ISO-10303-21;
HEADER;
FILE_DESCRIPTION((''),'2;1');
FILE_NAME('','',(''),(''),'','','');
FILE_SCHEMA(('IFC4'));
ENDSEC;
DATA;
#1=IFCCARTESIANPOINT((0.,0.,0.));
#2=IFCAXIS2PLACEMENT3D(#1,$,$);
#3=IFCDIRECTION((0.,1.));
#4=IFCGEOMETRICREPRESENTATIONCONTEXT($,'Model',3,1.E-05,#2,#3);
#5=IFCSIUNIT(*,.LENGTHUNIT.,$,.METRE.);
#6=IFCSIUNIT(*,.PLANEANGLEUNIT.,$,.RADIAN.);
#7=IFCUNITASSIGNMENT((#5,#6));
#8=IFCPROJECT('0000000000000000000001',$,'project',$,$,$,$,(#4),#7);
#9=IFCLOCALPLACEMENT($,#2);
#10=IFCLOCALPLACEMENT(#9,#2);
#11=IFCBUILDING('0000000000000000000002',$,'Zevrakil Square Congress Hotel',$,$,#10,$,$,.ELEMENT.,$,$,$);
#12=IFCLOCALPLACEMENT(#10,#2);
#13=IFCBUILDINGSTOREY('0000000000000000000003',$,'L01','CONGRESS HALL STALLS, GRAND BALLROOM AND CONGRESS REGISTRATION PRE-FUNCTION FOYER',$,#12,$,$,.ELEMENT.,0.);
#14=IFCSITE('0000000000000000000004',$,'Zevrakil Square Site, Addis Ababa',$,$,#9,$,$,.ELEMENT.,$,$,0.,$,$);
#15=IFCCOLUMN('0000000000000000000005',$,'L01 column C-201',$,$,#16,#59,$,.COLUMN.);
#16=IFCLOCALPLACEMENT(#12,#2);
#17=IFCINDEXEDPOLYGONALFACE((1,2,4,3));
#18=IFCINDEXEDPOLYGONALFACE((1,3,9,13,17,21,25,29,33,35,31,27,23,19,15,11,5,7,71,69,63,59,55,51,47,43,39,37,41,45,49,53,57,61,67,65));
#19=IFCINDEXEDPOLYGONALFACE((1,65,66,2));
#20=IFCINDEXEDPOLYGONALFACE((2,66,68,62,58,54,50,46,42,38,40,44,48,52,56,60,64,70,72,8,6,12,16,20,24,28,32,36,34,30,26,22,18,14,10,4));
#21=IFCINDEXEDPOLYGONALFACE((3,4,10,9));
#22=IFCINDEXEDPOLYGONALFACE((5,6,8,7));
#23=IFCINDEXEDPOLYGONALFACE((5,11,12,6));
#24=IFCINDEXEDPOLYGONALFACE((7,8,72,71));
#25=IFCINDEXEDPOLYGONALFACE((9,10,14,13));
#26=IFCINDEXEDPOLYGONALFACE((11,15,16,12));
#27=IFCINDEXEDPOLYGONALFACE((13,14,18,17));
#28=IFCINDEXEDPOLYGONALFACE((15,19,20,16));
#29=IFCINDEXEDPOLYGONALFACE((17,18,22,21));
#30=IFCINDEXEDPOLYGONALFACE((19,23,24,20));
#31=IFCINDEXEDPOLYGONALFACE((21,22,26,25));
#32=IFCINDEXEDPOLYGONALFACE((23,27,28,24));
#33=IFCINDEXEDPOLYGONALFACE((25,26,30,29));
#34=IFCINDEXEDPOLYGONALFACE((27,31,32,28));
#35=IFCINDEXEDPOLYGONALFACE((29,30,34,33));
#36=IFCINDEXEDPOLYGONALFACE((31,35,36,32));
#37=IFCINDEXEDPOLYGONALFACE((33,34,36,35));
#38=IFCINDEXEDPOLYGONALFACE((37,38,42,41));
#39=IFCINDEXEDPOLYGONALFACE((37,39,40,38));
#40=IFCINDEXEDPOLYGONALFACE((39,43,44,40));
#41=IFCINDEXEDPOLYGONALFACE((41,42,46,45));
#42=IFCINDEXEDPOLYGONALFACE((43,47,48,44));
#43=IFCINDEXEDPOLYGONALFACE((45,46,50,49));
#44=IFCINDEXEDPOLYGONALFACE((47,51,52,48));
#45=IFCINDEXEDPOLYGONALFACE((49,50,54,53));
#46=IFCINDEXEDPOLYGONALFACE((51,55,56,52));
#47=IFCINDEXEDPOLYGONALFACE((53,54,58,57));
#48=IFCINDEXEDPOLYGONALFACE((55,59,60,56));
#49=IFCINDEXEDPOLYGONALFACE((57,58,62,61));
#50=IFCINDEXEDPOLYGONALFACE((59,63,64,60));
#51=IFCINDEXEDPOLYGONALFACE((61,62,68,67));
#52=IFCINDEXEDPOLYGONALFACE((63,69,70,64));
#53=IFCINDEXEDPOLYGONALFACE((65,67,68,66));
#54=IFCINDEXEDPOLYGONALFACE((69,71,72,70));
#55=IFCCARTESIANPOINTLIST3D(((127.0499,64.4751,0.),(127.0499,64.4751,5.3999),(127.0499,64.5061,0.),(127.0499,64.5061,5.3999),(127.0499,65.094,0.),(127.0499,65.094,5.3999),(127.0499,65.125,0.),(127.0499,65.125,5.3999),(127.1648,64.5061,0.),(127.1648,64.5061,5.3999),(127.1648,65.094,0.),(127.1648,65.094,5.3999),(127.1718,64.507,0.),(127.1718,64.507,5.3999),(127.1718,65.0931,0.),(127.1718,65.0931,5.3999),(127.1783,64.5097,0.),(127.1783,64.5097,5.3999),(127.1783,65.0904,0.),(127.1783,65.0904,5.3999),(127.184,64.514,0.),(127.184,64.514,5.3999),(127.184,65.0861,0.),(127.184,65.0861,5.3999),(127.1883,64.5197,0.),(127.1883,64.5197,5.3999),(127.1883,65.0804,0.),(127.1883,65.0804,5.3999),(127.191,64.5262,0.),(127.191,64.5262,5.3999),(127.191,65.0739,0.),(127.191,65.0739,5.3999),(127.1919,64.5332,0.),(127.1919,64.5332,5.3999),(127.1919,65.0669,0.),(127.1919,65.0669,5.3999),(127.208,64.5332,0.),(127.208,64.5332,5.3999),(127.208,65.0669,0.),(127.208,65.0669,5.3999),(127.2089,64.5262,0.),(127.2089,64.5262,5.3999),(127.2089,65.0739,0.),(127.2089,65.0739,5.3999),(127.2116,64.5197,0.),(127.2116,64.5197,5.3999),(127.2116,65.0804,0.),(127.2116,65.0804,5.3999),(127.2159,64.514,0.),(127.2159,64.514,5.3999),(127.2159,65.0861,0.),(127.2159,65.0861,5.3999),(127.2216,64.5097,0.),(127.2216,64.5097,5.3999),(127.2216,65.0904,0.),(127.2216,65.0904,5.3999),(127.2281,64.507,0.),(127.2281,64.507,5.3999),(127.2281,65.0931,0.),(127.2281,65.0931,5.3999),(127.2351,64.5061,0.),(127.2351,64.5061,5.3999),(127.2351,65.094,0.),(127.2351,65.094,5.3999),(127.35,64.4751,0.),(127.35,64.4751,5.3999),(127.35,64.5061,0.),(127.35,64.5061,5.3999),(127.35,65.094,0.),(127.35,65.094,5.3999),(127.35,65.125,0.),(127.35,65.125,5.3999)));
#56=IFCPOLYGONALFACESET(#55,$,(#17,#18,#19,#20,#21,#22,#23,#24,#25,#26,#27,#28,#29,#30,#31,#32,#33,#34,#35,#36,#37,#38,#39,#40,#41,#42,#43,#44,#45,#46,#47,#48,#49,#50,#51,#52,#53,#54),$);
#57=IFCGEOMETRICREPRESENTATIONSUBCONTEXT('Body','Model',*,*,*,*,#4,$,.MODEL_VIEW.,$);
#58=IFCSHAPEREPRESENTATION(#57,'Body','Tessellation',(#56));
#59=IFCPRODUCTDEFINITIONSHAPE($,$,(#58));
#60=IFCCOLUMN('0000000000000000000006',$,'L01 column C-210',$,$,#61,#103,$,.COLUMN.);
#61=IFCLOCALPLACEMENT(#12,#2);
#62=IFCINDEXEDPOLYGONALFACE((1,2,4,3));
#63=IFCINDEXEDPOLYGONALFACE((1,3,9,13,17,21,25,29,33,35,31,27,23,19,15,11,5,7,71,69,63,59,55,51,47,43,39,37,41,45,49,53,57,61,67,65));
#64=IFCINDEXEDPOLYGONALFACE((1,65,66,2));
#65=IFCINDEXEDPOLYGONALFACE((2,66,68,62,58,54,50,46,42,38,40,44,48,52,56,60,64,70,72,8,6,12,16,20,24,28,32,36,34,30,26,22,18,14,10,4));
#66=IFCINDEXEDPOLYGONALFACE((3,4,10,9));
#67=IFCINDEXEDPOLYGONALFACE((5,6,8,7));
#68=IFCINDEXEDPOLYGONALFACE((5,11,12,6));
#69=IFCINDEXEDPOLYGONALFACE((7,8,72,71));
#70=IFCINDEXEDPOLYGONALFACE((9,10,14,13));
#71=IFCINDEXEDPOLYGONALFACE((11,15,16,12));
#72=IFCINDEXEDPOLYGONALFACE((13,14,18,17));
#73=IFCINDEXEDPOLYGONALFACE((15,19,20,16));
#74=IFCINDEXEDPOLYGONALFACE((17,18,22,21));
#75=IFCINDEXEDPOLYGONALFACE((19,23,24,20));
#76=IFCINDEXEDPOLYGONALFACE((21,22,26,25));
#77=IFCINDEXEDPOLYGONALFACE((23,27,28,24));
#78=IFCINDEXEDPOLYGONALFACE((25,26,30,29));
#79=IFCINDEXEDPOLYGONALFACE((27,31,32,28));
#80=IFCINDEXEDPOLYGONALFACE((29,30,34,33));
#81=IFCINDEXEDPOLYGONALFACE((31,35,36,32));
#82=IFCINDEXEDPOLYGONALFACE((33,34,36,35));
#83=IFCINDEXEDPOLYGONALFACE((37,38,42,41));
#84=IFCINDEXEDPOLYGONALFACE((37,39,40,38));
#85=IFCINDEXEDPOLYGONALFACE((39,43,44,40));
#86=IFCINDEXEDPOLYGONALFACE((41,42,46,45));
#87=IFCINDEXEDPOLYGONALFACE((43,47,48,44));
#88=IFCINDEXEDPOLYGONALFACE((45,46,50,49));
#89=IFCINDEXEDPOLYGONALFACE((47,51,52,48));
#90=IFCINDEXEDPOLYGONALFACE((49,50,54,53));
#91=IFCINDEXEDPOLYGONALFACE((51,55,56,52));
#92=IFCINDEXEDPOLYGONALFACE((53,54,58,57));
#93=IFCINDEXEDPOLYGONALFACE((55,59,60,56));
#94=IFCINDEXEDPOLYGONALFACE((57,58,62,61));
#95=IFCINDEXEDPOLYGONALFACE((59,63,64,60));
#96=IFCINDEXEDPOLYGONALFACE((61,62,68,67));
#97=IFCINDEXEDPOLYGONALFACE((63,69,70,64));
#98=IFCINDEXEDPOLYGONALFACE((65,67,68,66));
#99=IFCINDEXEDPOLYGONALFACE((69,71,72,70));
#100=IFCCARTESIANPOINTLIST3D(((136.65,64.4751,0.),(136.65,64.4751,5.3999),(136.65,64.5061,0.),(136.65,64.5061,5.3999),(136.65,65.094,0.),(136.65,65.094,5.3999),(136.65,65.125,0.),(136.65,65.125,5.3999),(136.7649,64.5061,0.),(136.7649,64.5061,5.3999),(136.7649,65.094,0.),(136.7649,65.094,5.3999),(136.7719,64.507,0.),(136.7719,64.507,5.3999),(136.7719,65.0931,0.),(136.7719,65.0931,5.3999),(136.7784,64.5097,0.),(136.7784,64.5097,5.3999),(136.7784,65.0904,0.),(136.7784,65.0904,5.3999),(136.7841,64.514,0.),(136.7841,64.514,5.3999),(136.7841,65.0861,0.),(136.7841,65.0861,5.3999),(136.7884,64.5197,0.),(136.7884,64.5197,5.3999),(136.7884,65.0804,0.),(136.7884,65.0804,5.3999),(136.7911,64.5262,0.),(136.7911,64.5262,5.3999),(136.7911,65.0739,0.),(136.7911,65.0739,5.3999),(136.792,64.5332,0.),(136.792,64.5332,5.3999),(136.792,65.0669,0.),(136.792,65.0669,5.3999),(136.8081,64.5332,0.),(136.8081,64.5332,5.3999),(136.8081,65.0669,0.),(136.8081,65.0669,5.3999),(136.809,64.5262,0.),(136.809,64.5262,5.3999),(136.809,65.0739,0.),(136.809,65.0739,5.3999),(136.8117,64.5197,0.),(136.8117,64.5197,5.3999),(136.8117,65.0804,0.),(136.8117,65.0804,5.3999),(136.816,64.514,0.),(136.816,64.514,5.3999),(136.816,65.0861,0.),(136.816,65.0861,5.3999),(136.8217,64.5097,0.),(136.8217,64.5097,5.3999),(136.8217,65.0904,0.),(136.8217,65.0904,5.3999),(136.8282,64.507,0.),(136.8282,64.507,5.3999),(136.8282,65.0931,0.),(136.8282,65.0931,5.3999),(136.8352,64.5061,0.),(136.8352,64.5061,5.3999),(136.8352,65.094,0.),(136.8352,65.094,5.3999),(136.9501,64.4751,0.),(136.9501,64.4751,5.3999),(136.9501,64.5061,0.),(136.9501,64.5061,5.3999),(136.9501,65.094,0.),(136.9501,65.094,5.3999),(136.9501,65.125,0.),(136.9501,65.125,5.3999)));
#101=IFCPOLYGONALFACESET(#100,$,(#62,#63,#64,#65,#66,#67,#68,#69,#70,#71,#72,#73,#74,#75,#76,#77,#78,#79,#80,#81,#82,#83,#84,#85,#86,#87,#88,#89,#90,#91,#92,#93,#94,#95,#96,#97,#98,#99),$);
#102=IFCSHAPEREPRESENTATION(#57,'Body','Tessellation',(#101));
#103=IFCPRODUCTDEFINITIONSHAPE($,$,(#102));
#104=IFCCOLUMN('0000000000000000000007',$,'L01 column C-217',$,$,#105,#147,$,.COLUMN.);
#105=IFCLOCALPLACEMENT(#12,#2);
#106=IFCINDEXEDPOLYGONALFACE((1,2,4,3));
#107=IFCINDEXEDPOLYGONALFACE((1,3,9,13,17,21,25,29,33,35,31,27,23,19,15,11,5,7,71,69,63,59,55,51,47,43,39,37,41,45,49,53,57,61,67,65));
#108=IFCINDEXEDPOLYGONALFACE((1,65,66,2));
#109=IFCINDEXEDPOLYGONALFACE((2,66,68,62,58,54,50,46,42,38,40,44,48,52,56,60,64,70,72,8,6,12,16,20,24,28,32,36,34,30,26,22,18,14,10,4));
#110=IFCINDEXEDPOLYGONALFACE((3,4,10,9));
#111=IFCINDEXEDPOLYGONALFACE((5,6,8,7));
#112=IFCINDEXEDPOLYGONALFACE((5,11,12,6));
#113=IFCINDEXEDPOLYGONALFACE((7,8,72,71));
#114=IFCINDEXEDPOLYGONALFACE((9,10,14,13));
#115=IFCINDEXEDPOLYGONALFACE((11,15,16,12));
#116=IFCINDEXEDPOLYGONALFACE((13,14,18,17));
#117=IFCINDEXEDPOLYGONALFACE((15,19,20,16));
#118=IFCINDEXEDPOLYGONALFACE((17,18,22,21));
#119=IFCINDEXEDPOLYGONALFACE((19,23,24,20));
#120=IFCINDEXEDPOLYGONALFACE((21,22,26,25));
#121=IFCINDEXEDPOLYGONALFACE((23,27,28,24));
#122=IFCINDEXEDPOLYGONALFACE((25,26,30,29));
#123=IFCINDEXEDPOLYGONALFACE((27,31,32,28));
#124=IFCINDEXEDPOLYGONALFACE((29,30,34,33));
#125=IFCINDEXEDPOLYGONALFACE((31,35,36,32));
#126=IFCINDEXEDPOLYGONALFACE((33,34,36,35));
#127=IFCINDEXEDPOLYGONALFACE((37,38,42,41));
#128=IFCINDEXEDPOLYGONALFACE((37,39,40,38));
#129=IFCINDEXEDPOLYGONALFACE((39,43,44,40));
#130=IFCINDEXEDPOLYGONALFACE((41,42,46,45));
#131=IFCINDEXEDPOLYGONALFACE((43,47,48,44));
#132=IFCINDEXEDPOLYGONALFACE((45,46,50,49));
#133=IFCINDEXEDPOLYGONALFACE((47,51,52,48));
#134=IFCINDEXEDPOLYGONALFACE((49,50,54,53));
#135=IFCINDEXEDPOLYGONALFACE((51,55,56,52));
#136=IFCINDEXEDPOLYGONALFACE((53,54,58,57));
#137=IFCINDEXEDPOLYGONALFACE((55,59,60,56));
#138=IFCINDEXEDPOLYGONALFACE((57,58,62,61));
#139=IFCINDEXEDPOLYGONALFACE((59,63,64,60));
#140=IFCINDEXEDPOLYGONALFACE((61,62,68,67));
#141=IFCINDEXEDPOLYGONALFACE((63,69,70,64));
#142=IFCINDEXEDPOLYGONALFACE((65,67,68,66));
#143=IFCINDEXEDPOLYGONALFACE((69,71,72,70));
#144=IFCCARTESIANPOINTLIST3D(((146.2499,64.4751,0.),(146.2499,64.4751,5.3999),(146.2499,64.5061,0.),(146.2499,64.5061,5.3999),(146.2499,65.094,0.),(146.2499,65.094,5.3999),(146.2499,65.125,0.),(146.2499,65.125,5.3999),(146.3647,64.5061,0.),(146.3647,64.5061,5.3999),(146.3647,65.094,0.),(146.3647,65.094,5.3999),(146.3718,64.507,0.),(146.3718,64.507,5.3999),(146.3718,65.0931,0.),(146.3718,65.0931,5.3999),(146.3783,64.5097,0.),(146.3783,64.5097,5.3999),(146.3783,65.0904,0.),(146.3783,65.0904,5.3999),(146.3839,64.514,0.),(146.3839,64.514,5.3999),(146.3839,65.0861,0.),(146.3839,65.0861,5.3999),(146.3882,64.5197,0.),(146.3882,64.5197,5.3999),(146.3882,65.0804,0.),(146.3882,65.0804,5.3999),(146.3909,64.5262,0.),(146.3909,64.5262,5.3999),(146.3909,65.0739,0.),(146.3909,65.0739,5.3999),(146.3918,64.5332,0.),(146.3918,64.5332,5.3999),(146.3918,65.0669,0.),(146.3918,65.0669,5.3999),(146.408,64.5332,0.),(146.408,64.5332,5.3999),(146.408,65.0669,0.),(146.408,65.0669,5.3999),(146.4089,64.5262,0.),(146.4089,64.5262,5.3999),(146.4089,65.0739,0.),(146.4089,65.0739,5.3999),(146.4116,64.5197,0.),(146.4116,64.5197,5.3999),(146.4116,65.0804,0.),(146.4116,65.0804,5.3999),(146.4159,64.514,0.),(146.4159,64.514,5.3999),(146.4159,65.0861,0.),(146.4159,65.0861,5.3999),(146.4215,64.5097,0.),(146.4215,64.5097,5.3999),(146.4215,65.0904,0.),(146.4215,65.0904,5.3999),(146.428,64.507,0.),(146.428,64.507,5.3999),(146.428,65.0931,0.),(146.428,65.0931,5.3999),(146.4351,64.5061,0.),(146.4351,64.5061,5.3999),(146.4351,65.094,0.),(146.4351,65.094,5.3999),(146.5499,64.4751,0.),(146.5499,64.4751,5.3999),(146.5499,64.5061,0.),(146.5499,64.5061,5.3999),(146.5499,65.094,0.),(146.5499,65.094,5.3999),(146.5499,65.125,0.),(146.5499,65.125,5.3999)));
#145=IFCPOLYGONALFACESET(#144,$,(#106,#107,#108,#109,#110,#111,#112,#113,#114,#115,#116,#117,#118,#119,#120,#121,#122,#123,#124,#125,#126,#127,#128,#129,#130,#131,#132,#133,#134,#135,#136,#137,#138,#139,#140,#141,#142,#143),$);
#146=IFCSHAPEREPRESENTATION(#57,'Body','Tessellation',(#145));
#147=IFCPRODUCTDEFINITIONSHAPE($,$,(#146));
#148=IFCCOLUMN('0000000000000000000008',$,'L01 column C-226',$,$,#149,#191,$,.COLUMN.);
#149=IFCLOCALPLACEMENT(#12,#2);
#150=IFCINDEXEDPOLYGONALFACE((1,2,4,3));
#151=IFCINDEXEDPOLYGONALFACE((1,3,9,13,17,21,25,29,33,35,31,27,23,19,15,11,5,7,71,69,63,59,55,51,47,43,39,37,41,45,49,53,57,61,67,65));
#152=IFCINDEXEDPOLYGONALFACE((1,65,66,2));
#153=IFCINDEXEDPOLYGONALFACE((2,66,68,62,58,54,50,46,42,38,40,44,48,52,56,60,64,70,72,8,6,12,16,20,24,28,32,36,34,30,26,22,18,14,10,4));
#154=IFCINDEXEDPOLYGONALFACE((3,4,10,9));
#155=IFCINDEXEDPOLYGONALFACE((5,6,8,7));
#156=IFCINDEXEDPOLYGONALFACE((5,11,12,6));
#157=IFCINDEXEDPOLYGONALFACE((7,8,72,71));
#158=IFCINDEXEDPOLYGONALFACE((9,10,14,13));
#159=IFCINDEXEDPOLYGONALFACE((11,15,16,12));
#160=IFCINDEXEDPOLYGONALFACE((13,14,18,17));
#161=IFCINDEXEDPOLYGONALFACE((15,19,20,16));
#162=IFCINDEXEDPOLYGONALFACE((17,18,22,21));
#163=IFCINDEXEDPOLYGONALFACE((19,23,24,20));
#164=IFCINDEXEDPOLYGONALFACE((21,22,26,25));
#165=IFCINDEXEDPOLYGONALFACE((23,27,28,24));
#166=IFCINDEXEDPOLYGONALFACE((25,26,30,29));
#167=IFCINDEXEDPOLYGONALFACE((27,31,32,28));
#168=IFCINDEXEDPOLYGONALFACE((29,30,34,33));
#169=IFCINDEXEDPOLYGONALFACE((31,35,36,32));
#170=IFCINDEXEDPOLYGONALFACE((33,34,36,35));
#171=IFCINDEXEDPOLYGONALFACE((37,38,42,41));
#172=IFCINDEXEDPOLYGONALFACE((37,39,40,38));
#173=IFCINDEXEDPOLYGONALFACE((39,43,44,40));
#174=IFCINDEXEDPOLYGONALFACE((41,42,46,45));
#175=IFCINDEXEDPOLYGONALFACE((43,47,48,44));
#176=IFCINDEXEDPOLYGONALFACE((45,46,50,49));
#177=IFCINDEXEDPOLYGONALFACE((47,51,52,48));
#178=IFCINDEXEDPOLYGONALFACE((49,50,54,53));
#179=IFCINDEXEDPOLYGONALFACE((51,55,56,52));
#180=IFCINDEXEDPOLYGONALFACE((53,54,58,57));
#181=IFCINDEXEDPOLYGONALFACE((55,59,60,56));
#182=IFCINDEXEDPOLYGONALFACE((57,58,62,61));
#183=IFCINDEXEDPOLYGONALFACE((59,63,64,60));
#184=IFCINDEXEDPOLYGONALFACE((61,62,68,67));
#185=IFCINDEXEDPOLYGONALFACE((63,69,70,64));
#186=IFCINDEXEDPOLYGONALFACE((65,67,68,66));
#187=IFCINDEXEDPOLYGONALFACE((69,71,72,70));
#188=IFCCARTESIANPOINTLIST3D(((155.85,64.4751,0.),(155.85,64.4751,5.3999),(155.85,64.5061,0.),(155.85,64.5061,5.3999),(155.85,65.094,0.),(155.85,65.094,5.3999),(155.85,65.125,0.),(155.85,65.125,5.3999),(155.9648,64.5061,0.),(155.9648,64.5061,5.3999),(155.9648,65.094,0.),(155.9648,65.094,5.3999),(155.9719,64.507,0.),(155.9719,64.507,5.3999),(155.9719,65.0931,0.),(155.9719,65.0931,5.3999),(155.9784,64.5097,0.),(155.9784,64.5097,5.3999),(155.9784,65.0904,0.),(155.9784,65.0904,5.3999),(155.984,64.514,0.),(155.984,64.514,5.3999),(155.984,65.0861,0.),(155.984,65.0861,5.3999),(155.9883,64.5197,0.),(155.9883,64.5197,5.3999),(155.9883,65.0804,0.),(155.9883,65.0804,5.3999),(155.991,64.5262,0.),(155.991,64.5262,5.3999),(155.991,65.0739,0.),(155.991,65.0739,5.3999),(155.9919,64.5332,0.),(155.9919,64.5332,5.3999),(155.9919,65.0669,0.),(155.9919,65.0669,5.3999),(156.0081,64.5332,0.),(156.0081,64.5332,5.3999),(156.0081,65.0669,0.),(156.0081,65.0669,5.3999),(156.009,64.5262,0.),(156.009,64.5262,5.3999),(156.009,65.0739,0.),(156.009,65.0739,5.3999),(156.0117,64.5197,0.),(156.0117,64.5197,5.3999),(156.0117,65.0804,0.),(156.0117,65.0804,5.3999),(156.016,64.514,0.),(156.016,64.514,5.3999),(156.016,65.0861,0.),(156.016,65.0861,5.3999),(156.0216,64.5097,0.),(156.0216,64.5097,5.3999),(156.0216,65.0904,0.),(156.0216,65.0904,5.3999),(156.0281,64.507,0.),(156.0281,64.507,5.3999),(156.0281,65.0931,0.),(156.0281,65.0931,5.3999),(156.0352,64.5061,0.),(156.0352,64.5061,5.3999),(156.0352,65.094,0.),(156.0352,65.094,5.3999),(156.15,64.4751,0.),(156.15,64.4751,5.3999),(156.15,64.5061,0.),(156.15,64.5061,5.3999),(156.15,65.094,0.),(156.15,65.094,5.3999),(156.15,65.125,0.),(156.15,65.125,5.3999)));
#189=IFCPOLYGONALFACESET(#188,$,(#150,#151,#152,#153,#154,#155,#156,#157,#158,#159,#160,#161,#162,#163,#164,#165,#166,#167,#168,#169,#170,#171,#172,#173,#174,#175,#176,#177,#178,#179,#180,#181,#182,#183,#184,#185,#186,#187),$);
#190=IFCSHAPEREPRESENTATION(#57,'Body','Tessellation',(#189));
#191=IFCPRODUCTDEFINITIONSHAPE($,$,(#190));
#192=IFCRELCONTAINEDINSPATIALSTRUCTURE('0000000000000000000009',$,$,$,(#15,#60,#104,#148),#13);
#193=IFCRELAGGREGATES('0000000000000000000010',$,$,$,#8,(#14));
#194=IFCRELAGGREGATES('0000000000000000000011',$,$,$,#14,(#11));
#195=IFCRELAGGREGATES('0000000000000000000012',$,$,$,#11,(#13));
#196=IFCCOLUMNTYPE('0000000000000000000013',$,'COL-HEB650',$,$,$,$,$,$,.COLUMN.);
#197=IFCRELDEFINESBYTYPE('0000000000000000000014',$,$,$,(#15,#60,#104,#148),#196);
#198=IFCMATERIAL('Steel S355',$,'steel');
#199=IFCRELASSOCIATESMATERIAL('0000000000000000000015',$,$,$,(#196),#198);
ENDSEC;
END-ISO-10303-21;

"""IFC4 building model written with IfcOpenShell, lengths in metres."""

from ifc_helpers import new_model, si_unit, direction, frame, origin, origin_2d, place, context, subcontext, project, spatial, i_section, extrude, material, material_profile, profile_set, type_object, element, save


model = new_model("IFC4")

# Units and contexts
model_context = context("Model", 3, precision=1e-05, world=origin(), true_north=direction((0.0, 1.0)))
body_context = subcontext(model_context, "Body", "Model", "MODEL_VIEW")
ifc_project = project(units=[si_unit("LENGTHUNIT", "METRE"), si_unit("PLANEANGLEUNIT", "RADIAN")], contexts=[model_context])

# Site, building, storey
site_placement = place(None, origin())
site = spatial("IfcSite", under=ifc_project, at=site_placement, Name="Zevrakil Square Site, Addis Ababa", CompositionType="ELEMENT", RefElevation=0.0)
building_placement = place(site_placement, origin())
building = spatial("IfcBuilding", under=site, at=building_placement, Name="Zevrakil Square Congress Hotel", CompositionType="ELEMENT")
storey_placement = place(building_placement, origin())
storey = spatial("IfcBuildingStorey", under=building, at=storey_placement, Name="L01", Description="CONGRESS HALL STALLS, GRAND BALLROOM AND CONGRESS REGISTRATION PRE-FUNCTION FOYER", CompositionType="ELEMENT", Elevation=0.0)

# Columns
ifc_material_1 = material(Name="Steel S355", Category="steel")
ifc_material_profile_1 = material_profile(ifc_material_1, i_section(OverallWidth=0.3, OverallDepth=0.6499, WebThickness=0.0161, FlangeThickness=0.031, FilletRadius=0.0271, at=origin_2d()), Name="HEB 650")
ifc_profile_set_1 = profile_set([ifc_material_profile_1], Name="Steel S355")
column_type_1 = type_object("IfcColumnType", Name="COL-HEB650", PredefinedType="COLUMN", material=ifc_profile_set_1)
for number, where, z_axis, x_axis, name in (
    (1, (127.2, 64.8, 0.0), (0.0, 0.0, 1.0), (1.0, 0.0, 0.0), "L01 column C-201"),
    (2, (136.8, 64.8, 0.0), (0.0, 0.0, 1.0), (1.0, 0.0, 0.0), "L01 column C-210"),
    (3, (146.3999, 64.8, 0.0), (0.0, 0.0, 1.0), (1.0, 0.0, 0.0), "L01 column C-217"),
    (4, (156.0, 64.8, 0.0), (0.0, 0.0, 1.0), (1.0, 0.0, 0.0), "L01 column C-226"),
):
    element("IfcColumn", number, at=place(storey_placement, frame(where, z_axis=z_axis, x_axis=x_axis)), inside=storey, type_object=column_type_1, Name=name, PredefinedType="COLUMN", context=body_context, shape_type="SweptSolid", body=[
        extrude(i_section(OverallWidth=0.3, OverallDepth=0.6499, WebThickness=0.0161, FlangeThickness=0.031, FilletRadius=0.0271, at=origin_2d()), origin(), (0.0, 0.0, 1.0), 5.3999),
    ])

save(model, "model.ifc")
